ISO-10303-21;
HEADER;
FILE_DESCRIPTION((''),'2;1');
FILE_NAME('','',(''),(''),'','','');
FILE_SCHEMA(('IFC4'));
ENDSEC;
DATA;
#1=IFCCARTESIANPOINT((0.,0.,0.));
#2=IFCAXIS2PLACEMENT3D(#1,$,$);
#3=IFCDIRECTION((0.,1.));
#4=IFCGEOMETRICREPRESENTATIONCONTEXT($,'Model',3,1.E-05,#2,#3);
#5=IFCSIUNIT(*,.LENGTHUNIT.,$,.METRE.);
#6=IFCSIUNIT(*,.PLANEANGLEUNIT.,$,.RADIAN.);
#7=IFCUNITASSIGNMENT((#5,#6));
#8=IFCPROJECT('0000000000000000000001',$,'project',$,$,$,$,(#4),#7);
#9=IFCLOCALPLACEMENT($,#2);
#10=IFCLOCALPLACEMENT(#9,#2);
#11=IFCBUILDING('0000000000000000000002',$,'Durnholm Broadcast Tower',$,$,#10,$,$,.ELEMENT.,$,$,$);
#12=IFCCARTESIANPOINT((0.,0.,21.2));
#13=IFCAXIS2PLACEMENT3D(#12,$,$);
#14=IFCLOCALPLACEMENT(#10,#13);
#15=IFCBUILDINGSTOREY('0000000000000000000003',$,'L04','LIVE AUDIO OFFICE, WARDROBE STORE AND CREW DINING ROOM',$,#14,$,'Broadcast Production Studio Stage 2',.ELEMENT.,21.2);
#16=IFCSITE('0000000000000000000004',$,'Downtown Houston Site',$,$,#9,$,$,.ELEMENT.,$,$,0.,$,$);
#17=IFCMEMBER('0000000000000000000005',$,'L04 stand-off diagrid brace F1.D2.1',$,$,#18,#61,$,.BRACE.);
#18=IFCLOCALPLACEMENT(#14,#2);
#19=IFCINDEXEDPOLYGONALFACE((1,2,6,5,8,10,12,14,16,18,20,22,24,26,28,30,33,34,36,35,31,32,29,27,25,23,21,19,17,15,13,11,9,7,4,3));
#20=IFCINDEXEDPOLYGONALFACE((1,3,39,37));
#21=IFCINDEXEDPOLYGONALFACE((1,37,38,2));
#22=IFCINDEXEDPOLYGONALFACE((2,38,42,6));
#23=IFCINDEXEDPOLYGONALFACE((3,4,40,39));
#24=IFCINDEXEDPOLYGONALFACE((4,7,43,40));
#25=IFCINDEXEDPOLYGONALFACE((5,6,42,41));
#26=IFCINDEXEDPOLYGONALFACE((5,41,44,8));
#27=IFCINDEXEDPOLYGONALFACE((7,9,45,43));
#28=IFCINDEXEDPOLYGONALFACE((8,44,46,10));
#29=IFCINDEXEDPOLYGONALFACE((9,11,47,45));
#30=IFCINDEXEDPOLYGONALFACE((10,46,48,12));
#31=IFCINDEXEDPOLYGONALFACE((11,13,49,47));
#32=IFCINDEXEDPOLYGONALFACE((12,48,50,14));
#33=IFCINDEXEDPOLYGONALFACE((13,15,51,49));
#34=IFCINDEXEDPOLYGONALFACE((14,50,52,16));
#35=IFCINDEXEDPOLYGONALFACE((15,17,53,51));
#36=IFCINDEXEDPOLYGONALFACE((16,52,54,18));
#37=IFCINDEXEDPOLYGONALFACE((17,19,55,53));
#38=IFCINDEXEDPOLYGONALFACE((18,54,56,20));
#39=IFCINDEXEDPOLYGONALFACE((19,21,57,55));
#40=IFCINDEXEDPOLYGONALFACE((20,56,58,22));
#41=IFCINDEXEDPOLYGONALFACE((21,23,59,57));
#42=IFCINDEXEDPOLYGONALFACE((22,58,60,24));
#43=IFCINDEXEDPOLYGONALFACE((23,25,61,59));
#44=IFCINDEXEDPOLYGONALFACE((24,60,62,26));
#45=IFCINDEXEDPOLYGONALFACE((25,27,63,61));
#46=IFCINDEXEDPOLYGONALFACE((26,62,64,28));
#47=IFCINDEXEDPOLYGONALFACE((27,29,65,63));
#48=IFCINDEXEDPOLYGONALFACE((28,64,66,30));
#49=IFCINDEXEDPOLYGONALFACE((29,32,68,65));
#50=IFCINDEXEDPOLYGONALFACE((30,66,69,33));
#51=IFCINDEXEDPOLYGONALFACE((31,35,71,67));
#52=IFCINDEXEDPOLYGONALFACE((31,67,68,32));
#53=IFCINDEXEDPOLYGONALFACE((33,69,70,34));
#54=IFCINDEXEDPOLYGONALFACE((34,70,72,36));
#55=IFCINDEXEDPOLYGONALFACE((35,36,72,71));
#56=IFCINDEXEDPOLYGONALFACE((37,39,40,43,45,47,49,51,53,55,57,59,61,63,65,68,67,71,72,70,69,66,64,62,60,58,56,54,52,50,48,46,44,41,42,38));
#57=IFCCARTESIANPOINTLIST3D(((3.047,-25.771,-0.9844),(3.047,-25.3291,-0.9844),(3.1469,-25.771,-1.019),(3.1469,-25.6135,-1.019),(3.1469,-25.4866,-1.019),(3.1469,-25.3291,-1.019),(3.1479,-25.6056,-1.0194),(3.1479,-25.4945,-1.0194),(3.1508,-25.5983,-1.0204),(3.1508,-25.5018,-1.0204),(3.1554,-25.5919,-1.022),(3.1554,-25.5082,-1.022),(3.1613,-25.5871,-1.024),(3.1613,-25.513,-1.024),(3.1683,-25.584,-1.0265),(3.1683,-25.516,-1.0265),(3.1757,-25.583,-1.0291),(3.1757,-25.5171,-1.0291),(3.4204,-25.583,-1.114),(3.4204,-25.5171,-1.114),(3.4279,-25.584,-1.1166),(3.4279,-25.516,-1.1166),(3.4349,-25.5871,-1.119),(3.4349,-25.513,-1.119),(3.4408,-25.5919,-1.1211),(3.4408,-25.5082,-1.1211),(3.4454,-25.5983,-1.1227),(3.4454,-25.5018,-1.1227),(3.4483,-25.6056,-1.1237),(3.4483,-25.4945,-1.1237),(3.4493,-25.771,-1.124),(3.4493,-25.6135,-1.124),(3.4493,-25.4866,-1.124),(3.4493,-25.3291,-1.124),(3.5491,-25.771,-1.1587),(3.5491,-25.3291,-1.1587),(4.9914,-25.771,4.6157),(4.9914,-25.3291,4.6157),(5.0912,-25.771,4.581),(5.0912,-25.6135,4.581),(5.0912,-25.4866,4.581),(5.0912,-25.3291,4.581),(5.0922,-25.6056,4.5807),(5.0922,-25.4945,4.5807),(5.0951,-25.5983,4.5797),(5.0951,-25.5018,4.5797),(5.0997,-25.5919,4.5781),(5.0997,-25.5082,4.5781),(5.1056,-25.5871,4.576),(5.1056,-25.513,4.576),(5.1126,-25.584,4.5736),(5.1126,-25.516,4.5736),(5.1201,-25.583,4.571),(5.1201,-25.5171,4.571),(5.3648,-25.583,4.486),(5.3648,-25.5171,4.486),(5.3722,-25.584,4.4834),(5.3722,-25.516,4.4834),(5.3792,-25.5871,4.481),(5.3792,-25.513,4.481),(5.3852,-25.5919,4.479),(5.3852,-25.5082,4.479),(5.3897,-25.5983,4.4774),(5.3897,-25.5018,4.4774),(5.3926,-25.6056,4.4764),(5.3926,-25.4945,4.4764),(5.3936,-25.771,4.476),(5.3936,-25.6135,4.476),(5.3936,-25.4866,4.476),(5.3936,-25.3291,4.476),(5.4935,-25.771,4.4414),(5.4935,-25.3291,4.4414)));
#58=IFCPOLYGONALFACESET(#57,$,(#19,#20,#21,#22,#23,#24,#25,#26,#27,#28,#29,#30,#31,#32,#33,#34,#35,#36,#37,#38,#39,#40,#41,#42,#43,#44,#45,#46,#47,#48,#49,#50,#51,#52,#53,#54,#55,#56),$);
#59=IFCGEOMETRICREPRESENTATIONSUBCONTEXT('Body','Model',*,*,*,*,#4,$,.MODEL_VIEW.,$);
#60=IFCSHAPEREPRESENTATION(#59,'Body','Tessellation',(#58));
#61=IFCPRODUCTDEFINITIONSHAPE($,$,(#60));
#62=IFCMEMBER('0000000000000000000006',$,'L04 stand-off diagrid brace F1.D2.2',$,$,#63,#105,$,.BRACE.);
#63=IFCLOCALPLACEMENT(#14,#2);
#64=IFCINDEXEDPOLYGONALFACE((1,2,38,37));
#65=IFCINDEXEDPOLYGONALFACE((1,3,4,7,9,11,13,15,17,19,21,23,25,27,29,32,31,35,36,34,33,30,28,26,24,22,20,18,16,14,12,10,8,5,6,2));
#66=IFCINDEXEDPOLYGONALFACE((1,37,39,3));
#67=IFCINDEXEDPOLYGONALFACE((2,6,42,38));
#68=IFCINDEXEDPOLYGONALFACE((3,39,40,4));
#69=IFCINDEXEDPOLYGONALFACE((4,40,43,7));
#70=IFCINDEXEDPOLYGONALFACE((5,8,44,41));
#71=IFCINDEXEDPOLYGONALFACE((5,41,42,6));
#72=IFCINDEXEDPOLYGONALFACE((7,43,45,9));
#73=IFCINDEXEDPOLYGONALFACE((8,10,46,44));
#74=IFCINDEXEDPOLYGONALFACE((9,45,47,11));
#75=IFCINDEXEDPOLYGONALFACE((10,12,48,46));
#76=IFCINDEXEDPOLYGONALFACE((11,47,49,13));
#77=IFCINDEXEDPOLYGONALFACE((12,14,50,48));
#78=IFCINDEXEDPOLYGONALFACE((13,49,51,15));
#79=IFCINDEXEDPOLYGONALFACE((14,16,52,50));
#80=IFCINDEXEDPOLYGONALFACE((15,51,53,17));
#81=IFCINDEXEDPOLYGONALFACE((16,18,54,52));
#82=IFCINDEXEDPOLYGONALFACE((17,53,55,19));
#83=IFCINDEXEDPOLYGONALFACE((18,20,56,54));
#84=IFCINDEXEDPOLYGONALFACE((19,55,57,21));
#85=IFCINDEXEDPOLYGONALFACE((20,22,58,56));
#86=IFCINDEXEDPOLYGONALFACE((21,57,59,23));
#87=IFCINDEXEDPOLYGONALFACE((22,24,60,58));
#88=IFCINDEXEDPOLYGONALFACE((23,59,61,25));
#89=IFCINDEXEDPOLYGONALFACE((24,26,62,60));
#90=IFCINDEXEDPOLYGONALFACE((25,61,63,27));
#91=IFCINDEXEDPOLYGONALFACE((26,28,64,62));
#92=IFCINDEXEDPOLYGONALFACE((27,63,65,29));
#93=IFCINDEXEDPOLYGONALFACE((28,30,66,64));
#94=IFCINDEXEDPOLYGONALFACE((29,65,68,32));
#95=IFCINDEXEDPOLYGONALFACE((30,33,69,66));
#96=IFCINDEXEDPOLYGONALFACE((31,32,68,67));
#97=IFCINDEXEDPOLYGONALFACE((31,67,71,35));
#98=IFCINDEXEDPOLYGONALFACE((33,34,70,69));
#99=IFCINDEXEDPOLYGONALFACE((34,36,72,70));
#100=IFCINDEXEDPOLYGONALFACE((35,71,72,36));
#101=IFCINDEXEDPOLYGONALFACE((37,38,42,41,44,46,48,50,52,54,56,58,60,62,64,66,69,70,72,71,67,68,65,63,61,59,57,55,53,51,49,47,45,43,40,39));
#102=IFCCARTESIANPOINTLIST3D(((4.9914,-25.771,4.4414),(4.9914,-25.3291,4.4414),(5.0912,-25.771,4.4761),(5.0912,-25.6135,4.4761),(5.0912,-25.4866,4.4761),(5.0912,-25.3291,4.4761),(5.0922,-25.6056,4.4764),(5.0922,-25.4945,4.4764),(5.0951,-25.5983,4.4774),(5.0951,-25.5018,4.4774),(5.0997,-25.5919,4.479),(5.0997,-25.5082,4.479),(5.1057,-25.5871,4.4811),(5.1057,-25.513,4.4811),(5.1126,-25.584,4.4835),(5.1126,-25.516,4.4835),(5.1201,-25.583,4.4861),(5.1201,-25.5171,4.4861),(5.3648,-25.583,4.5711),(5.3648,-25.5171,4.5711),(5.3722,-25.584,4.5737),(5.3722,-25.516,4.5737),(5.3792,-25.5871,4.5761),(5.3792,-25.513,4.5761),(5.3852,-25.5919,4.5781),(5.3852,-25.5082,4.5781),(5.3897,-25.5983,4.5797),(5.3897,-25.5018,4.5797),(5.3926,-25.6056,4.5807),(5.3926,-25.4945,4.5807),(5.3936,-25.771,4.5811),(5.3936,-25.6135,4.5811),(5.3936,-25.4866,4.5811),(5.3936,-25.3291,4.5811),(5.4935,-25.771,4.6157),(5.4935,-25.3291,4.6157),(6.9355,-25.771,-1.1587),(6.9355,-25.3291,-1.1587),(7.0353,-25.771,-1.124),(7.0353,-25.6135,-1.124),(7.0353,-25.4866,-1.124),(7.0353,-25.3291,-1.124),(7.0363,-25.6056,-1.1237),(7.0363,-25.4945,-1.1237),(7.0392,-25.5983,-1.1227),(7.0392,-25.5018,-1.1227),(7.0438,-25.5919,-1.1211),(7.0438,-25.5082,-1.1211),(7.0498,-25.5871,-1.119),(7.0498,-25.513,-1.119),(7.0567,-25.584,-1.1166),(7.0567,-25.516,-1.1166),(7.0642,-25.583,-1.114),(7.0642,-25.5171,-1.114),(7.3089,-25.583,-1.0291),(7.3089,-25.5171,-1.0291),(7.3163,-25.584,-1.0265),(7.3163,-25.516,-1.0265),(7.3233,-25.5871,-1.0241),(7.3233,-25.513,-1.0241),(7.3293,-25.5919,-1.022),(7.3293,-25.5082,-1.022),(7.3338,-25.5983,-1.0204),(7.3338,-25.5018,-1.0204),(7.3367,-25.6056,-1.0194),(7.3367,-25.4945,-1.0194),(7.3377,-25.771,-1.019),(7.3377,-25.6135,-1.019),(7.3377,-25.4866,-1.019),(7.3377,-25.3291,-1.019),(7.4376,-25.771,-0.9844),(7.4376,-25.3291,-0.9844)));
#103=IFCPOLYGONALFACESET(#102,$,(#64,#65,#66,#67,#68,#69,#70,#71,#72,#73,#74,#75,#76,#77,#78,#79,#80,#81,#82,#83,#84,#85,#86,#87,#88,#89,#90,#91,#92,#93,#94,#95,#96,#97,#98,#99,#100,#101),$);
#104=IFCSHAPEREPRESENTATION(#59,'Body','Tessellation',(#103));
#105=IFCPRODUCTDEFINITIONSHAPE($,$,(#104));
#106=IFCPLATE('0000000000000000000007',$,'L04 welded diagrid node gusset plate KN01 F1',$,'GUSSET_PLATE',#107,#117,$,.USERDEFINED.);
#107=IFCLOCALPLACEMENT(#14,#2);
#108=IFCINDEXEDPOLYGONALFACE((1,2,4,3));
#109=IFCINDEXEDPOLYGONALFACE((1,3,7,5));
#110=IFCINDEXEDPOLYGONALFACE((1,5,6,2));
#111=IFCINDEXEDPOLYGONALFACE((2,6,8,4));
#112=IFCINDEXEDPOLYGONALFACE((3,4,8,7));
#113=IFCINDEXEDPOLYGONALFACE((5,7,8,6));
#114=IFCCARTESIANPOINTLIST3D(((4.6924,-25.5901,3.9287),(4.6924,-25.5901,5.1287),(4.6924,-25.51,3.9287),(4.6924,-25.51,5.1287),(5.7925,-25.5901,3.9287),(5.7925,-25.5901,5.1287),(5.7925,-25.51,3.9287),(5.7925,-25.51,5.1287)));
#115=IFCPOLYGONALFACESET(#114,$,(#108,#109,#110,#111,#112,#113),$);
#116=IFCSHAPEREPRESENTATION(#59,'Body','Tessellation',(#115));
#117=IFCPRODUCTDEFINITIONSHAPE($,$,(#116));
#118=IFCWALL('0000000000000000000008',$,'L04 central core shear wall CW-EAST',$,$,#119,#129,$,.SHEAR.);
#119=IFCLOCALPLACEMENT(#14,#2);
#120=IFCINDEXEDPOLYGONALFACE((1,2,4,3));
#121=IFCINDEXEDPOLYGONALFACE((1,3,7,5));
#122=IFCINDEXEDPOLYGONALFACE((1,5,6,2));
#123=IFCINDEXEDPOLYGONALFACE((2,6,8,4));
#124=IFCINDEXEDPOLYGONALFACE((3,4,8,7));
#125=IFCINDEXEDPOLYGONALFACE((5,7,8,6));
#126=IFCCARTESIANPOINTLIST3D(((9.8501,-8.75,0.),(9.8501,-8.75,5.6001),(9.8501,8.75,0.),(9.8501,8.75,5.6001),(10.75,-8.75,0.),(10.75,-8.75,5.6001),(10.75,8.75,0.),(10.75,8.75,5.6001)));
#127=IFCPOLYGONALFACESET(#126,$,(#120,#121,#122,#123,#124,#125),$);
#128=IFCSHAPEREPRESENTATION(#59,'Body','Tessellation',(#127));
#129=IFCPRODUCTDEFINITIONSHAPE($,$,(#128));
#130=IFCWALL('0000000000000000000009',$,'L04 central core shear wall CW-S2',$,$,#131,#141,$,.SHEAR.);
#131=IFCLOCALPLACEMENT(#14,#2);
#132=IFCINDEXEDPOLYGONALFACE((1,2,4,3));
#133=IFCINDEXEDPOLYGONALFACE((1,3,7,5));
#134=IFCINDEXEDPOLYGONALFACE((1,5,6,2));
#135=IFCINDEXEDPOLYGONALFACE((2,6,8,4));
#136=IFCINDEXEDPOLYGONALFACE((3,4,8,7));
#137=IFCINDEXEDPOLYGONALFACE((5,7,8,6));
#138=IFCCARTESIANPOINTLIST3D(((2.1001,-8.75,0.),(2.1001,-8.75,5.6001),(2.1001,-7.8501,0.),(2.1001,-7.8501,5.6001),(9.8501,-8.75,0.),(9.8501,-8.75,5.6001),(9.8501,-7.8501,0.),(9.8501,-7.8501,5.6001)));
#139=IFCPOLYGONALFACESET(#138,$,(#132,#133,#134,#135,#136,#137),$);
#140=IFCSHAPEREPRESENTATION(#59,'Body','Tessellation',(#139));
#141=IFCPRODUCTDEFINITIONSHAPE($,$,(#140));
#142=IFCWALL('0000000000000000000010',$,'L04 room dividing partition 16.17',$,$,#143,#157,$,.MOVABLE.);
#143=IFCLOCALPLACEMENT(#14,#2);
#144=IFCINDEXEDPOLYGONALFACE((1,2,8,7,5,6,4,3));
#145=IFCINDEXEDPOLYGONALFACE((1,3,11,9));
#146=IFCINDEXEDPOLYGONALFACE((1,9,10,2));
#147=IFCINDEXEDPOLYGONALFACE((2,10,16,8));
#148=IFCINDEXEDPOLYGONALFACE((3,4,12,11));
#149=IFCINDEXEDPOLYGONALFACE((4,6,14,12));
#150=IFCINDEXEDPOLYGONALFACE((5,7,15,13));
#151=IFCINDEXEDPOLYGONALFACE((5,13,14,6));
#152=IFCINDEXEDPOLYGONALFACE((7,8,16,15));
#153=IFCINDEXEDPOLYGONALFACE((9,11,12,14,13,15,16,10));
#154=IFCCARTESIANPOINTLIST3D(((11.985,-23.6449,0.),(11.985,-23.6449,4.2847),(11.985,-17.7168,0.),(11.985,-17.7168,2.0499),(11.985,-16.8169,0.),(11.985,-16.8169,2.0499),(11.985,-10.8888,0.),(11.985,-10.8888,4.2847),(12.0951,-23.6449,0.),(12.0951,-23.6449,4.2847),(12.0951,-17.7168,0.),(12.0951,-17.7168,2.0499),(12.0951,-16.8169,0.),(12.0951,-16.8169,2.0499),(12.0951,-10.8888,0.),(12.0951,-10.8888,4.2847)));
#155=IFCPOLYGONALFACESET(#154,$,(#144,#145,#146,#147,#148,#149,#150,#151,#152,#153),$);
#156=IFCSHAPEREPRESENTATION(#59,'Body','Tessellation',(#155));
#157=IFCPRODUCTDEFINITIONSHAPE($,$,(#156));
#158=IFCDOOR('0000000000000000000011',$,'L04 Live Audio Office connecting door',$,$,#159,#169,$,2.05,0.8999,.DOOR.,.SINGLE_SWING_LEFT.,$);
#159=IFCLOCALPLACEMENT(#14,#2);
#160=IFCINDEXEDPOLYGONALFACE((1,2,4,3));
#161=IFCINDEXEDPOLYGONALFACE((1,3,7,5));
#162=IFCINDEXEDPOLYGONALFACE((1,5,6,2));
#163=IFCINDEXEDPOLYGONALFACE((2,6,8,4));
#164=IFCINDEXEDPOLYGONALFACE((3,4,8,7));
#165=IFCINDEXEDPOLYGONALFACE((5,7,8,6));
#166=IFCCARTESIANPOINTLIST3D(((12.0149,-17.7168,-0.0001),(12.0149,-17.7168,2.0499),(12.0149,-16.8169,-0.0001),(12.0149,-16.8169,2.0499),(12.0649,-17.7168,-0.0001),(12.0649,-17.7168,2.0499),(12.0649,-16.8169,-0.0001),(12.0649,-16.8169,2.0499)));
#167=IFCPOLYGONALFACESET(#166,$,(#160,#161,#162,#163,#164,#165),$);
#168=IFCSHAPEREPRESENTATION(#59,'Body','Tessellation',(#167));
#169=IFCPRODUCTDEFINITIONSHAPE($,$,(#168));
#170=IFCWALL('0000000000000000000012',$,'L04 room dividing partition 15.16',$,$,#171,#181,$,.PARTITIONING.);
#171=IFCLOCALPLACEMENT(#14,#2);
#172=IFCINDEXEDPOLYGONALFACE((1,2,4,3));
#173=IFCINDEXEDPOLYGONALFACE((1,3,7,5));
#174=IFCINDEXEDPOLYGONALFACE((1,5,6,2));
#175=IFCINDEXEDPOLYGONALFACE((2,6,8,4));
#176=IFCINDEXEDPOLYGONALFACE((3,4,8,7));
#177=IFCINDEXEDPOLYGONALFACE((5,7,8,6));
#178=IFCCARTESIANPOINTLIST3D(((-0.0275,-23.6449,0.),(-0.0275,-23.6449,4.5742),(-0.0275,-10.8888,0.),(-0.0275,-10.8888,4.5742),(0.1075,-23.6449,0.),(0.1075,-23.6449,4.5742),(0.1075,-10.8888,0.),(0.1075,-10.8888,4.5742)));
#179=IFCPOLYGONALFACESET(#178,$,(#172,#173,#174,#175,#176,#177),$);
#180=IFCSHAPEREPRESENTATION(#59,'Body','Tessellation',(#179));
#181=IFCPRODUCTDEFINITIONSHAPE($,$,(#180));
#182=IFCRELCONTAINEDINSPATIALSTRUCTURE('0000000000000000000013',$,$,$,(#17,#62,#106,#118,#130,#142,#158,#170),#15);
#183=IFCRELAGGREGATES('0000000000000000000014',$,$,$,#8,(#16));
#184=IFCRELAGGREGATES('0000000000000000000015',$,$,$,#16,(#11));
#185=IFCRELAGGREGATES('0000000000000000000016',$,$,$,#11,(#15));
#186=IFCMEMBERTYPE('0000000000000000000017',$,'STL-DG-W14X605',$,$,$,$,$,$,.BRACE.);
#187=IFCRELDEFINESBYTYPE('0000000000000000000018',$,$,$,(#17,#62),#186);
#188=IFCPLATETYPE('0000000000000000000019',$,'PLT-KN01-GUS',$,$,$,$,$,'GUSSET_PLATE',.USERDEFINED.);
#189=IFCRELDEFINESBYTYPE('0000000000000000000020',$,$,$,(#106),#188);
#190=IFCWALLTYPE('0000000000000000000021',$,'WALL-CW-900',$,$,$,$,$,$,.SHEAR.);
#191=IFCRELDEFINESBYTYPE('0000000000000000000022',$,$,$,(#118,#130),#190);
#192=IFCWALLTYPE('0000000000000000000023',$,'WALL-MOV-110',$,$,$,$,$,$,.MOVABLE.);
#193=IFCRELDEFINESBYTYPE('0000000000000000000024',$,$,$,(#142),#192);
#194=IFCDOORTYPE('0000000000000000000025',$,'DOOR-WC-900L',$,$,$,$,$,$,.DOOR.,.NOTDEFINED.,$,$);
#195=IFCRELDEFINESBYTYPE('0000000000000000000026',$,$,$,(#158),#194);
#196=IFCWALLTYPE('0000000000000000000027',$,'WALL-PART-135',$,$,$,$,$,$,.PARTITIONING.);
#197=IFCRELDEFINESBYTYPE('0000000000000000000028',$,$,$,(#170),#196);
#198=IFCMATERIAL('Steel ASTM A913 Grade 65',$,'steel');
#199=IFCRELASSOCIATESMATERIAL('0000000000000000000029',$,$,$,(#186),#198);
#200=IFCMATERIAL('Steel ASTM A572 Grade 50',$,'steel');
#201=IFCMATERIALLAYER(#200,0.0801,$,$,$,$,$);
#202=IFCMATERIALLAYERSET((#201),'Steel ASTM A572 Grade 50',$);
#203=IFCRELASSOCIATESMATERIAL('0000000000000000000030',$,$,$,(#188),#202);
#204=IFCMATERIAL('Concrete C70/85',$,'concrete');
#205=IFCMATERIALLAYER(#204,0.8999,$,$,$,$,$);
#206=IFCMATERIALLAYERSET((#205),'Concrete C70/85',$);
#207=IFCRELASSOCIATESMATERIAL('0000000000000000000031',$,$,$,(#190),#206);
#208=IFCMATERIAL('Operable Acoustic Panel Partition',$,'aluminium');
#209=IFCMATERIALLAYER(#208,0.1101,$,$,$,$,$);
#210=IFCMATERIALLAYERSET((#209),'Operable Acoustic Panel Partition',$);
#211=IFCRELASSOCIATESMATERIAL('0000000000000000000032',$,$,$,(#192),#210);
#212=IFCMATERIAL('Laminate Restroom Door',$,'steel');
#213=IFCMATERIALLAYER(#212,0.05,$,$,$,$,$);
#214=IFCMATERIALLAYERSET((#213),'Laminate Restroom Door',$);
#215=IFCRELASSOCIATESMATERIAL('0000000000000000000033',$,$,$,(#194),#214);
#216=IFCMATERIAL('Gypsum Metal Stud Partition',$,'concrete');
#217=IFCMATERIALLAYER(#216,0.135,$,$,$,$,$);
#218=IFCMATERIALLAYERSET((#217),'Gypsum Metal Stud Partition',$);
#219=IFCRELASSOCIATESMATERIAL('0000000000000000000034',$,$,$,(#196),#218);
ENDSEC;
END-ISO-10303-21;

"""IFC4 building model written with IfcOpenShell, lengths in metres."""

from ifc_helpers import new_model, si_unit, direction, frame, frame_2d, origin, origin_2d, place, context, subcontext, project, spatial, rectangle, i_section, extrude, source, transform, mapped, material, layer, layer_set, material_profile, profile_set, type_object, type_shapes, element, fill, save


model = new_model("IFC4")

# Units and contexts
model_context = context("Model", 3, precision=1e-05, world=origin(), true_north=direction((0.0, 1.0)))
body_context = subcontext(model_context, "Body", "Model", "MODEL_VIEW")
ifc_project = project(units=[si_unit("LENGTHUNIT", "METRE"), si_unit("PLANEANGLEUNIT", "RADIAN")], contexts=[model_context])

# Site, building, storey
site_placement = place(None, origin())
site = spatial("IfcSite", under=ifc_project, at=site_placement, Name="Downtown Houston Site", CompositionType="ELEMENT", RefElevation=0.0)
building_placement = place(site_placement, origin())
building = spatial("IfcBuilding", under=site, at=building_placement, Name="Durnholm Broadcast Tower", CompositionType="ELEMENT")
storey_placement = place(building_placement, frame((0.0, 0.0, 21.2)))
storey = spatial("IfcBuildingStorey", under=building, at=storey_placement, Name="L04", Description="LIVE AUDIO OFFICE, WARDROBE STORE AND CREW DINING ROOM", LongName="Broadcast Production Studio Stage 2", CompositionType="ELEMENT", Elevation=21.2)

# Shared definitions
ifc_material_1 = material(Name="Concrete C70/85", Category="concrete")
ifc_material_2 = material(Name="Steel ASTM A913 Grade 65", Category="steel")

# Members
ifc_material_profile_1 = material_profile(ifc_material_2, i_section(OverallWidth=0.4419, OverallDepth=0.5315, WebThickness=0.0659, FlangeThickness=0.1057, FilletRadius=0.0305, at=origin_2d()), Name="W14X605")
ifc_profile_set_1 = profile_set([ifc_material_profile_1], Name="Steel ASTM A913 Grade 65")
member_type = type_object("IfcMemberType", Name="STL-DG-W14X605", PredefinedType="BRACE", material=ifc_profile_set_1)
shared_shape_1 = source(origin(), body_context, "Body", "SweptSolid", [
    extrude(i_section(OverallWidth=0.4419, OverallDepth=0.5315, WebThickness=0.0659, FlangeThickness=0.1057, FilletRadius=0.0305, at=origin_2d()), origin(), (0.0, 0.0, 1.0), 5.928),
])
type_shapes(member_type, [shared_shape_1])
for number, where, z_axis, x_axis, name in (
    (1, (3.2981, -25.55, -1.0715), (0.32799, 0.0, 0.944681), (0.0, 1.0, 0.0), "L04 stand-off diagrid brace F1.D2.1"),
    (2, (7.1865, -25.55, -1.0715), (-0.327953, 0.0, 0.944694), (0.0, -1.0, 0.0), "L04 stand-off diagrid brace F1.D2.2"),
):
    element("IfcMember", number, at=place(storey_placement, frame(where, z_axis=z_axis, x_axis=x_axis)), inside=storey, type_object=member_type, Name=name, PredefinedType="BRACE", context=body_context, shape_type="MappedRepresentation", body=[
        mapped(shared_shape_1, transform((0.0, 0.0, 0.0), x_axis=(1.0, 0.0, 0.0), y_axis=(0.0, 1.0, 0.0), z_axis=(0.0, 0.0, 1.0), scale=1.0)),
    ])

# Plate
ifc_material_3 = material(Name="Steel ASTM A572 Grade 50", Category="steel")
ifc_layer_1 = layer(ifc_material_3, 0.0801)
ifc_layer_set_1 = layer_set([ifc_layer_1], Name="Steel ASTM A572 Grade 50")
plate_type = type_object("IfcPlateType", Name="PLT-KN01-GUS", ElementType="GUSSET_PLATE", PredefinedType="USERDEFINED", material=ifc_layer_set_1)
shared_shape_2 = source(origin(), body_context, "Body", "SweptSolid", [
    extrude(rectangle(XDim=1.1001, YDim=0.0801, at=origin_2d()), origin(), (0.0, 0.0, 1.0), 1.2),
])
type_shapes(plate_type, [shared_shape_2])
plate_placement = place(storey_placement, frame((5.2424, -25.55, 3.9287), z_axis=(0.0, 0.0, 1.0), x_axis=(1.0, 0.0, 0.0)))
element("IfcPlate", 3, at=plate_placement, inside=storey, type_object=plate_type, Name="L04 welded diagrid node gusset plate KN01 F1", ObjectType="GUSSET_PLATE", PredefinedType="USERDEFINED", context=body_context, shape_type="MappedRepresentation", body=[
    mapped(shared_shape_2, transform((0.0, 0.0, 0.0), x_axis=(1.0, 0.0, 0.0), y_axis=(0.0, 1.0, 0.0), z_axis=(0.0, 0.0, 1.0), scale=1.0)),
])

# Walls
ifc_layer_2 = layer(ifc_material_1, 0.8999)
ifc_layer_set_2 = layer_set([ifc_layer_2], Name="Concrete C70/85")
wall_type_1 = type_object("IfcWallType", Name="WALL-CW-900", PredefinedType="SHEAR", material=ifc_layer_set_2)
wall_1_placement = place(storey_placement, frame((10.3, -8.75, 0.0), z_axis=(0.0, 0.0, 1.0), x_axis=(0.0, 1.0, 0.0)))
element("IfcWall", 4, at=wall_1_placement, inside=storey, type_object=wall_type_1, Name="L04 central core shear wall CW-EAST", PredefinedType="SHEAR", context=body_context, shape_type="SweptSolid", body=[
    extrude(rectangle(XDim=17.5, YDim=0.8999, at=frame_2d((8.75, 0.0))), origin(), (0.0, 0.0, 1.0), 5.6001),
])
wall_2_placement = place(storey_placement, frame((2.1001, -8.3, 0.0), z_axis=(0.0, 0.0, 1.0), x_axis=(1.0, 0.0, 0.0)))
element("IfcWall", 5, at=wall_2_placement, inside=storey, type_object=wall_type_1, Name="L04 central core shear wall CW-S2", PredefinedType="SHEAR", context=body_context, shape_type="SweptSolid", body=[
    extrude(rectangle(XDim=7.75, YDim=0.8999, at=frame_2d((3.875, 0.0))), origin(), (0.0, 0.0, 1.0), 5.6001),
])

# Wall, opening, door
ifc_material_4 = material(Name="Operable Acoustic Panel Partition", Category="aluminium")
ifc_layer_3 = layer(ifc_material_4, 0.1101)
ifc_layer_set_3 = layer_set([ifc_layer_3], Name="Operable Acoustic Panel Partition")
wall_type_2 = type_object("IfcWallType", Name="WALL-MOV-110", PredefinedType="MOVABLE", material=ifc_layer_set_3)
wall_3_placement = place(storey_placement, frame((12.04, -10.8889, 0.0), z_axis=(0.0, 0.0, 1.0), x_axis=(0.0, -1.0, 0.0)))
wall_3 = element("IfcWall", 6, at=wall_3_placement, inside=storey, type_object=wall_type_2, Name="L04 room dividing partition 16.17", PredefinedType="MOVABLE", context=body_context, shape_type="SweptSolid", body=[
    extrude(rectangle(XDim=12.7561, YDim=0.1101, at=frame_2d((6.3779, 0.0))), origin(), (0.0, 0.0, 1.0), 4.2847),
])
opening_1_placement = place(wall_3_placement, frame((5.928, 0.0, 0.0)))
opening_1 = element("IfcOpeningElement", 7, at=opening_1_placement, cuts=wall_3, PredefinedType="OPENING", context=body_context, shape_type="SweptSolid", body=[
    extrude(rectangle(XDim=0.8999, YDim=2.05, at=frame_2d((0.45, 1.0249))), frame((0.0, 0.0649, 0.0), z_axis=(0.0, -1.0, 0.0), x_axis=(1.0, 0.0, 0.0)), (0.0, 0.0, 1.0), 0.1301),
])
ifc_material_5 = material(Name="Laminate Restroom Door", Category="steel")
ifc_layer_4 = layer(ifc_material_5, 0.05)
ifc_layer_set_4 = layer_set([ifc_layer_4], Name="Laminate Restroom Door")
door_type_1 = type_object("IfcDoorType", Name="DOOR-WC-900L", OperationType="NOTDEFINED", PredefinedType="DOOR", material=ifc_layer_set_4)
shared_shape_3 = source(origin(), body_context, "Body", "SweptSolid", [
    extrude(rectangle(XDim=0.8999, YDim=2.05, at=frame_2d((0.45, 1.0249))), frame((0.0, 0.0249, 0.0), z_axis=(0.0, -1.0, 0.0), x_axis=(1.0, 0.0, 0.0)), (0.0, 0.0, 1.0), 0.05),
])
type_shapes(door_type_1, [shared_shape_3])
door_1_placement = place(opening_1_placement, origin())
door_1 = element("IfcDoor", 8, at=door_1_placement, inside=storey, type_object=door_type_1, Name="L04 Live Audio Office connecting door", OperationType="SINGLE_SWING_LEFT", OverallHeight=2.05, OverallWidth=0.8999, PredefinedType="DOOR", context=body_context, shape_type="MappedRepresentation", body=[
    mapped(shared_shape_3, transform((0.0, 0.0, 0.0), x_axis=(1.0, 0.0, 0.0), y_axis=(0.0, 1.0, 0.0), z_axis=(0.0, 0.0, 1.0), scale=1.0)),
])
fill(opening_1, door_1)

# Wall
ifc_material_6 = material(Name="Gypsum Metal Stud Partition", Category="concrete")
ifc_layer_5 = layer(ifc_material_6, 0.135)
ifc_layer_set_5 = layer_set([ifc_layer_5], Name="Gypsum Metal Stud Partition")
wall_type_3 = type_object("IfcWallType", Name="WALL-PART-135", PredefinedType="PARTITIONING", material=ifc_layer_set_5)
wall_4_placement = place(storey_placement, frame((0.04, -10.8889, 0.0), z_axis=(0.0, 0.0, 1.0), x_axis=(0.0, -1.0, 0.0)))
element("IfcWall", 9, at=wall_4_placement, inside=storey, type_object=wall_type_3, Name="L04 room dividing partition 15.16", PredefinedType="PARTITIONING", context=body_context, shape_type="SweptSolid", body=[
    extrude(rectangle(XDim=12.7561, YDim=0.135, at=frame_2d((6.3779, 0.0))), origin(), (0.0, 0.0, 1.0), 4.5742),
])

save(model, "model.ifc")
